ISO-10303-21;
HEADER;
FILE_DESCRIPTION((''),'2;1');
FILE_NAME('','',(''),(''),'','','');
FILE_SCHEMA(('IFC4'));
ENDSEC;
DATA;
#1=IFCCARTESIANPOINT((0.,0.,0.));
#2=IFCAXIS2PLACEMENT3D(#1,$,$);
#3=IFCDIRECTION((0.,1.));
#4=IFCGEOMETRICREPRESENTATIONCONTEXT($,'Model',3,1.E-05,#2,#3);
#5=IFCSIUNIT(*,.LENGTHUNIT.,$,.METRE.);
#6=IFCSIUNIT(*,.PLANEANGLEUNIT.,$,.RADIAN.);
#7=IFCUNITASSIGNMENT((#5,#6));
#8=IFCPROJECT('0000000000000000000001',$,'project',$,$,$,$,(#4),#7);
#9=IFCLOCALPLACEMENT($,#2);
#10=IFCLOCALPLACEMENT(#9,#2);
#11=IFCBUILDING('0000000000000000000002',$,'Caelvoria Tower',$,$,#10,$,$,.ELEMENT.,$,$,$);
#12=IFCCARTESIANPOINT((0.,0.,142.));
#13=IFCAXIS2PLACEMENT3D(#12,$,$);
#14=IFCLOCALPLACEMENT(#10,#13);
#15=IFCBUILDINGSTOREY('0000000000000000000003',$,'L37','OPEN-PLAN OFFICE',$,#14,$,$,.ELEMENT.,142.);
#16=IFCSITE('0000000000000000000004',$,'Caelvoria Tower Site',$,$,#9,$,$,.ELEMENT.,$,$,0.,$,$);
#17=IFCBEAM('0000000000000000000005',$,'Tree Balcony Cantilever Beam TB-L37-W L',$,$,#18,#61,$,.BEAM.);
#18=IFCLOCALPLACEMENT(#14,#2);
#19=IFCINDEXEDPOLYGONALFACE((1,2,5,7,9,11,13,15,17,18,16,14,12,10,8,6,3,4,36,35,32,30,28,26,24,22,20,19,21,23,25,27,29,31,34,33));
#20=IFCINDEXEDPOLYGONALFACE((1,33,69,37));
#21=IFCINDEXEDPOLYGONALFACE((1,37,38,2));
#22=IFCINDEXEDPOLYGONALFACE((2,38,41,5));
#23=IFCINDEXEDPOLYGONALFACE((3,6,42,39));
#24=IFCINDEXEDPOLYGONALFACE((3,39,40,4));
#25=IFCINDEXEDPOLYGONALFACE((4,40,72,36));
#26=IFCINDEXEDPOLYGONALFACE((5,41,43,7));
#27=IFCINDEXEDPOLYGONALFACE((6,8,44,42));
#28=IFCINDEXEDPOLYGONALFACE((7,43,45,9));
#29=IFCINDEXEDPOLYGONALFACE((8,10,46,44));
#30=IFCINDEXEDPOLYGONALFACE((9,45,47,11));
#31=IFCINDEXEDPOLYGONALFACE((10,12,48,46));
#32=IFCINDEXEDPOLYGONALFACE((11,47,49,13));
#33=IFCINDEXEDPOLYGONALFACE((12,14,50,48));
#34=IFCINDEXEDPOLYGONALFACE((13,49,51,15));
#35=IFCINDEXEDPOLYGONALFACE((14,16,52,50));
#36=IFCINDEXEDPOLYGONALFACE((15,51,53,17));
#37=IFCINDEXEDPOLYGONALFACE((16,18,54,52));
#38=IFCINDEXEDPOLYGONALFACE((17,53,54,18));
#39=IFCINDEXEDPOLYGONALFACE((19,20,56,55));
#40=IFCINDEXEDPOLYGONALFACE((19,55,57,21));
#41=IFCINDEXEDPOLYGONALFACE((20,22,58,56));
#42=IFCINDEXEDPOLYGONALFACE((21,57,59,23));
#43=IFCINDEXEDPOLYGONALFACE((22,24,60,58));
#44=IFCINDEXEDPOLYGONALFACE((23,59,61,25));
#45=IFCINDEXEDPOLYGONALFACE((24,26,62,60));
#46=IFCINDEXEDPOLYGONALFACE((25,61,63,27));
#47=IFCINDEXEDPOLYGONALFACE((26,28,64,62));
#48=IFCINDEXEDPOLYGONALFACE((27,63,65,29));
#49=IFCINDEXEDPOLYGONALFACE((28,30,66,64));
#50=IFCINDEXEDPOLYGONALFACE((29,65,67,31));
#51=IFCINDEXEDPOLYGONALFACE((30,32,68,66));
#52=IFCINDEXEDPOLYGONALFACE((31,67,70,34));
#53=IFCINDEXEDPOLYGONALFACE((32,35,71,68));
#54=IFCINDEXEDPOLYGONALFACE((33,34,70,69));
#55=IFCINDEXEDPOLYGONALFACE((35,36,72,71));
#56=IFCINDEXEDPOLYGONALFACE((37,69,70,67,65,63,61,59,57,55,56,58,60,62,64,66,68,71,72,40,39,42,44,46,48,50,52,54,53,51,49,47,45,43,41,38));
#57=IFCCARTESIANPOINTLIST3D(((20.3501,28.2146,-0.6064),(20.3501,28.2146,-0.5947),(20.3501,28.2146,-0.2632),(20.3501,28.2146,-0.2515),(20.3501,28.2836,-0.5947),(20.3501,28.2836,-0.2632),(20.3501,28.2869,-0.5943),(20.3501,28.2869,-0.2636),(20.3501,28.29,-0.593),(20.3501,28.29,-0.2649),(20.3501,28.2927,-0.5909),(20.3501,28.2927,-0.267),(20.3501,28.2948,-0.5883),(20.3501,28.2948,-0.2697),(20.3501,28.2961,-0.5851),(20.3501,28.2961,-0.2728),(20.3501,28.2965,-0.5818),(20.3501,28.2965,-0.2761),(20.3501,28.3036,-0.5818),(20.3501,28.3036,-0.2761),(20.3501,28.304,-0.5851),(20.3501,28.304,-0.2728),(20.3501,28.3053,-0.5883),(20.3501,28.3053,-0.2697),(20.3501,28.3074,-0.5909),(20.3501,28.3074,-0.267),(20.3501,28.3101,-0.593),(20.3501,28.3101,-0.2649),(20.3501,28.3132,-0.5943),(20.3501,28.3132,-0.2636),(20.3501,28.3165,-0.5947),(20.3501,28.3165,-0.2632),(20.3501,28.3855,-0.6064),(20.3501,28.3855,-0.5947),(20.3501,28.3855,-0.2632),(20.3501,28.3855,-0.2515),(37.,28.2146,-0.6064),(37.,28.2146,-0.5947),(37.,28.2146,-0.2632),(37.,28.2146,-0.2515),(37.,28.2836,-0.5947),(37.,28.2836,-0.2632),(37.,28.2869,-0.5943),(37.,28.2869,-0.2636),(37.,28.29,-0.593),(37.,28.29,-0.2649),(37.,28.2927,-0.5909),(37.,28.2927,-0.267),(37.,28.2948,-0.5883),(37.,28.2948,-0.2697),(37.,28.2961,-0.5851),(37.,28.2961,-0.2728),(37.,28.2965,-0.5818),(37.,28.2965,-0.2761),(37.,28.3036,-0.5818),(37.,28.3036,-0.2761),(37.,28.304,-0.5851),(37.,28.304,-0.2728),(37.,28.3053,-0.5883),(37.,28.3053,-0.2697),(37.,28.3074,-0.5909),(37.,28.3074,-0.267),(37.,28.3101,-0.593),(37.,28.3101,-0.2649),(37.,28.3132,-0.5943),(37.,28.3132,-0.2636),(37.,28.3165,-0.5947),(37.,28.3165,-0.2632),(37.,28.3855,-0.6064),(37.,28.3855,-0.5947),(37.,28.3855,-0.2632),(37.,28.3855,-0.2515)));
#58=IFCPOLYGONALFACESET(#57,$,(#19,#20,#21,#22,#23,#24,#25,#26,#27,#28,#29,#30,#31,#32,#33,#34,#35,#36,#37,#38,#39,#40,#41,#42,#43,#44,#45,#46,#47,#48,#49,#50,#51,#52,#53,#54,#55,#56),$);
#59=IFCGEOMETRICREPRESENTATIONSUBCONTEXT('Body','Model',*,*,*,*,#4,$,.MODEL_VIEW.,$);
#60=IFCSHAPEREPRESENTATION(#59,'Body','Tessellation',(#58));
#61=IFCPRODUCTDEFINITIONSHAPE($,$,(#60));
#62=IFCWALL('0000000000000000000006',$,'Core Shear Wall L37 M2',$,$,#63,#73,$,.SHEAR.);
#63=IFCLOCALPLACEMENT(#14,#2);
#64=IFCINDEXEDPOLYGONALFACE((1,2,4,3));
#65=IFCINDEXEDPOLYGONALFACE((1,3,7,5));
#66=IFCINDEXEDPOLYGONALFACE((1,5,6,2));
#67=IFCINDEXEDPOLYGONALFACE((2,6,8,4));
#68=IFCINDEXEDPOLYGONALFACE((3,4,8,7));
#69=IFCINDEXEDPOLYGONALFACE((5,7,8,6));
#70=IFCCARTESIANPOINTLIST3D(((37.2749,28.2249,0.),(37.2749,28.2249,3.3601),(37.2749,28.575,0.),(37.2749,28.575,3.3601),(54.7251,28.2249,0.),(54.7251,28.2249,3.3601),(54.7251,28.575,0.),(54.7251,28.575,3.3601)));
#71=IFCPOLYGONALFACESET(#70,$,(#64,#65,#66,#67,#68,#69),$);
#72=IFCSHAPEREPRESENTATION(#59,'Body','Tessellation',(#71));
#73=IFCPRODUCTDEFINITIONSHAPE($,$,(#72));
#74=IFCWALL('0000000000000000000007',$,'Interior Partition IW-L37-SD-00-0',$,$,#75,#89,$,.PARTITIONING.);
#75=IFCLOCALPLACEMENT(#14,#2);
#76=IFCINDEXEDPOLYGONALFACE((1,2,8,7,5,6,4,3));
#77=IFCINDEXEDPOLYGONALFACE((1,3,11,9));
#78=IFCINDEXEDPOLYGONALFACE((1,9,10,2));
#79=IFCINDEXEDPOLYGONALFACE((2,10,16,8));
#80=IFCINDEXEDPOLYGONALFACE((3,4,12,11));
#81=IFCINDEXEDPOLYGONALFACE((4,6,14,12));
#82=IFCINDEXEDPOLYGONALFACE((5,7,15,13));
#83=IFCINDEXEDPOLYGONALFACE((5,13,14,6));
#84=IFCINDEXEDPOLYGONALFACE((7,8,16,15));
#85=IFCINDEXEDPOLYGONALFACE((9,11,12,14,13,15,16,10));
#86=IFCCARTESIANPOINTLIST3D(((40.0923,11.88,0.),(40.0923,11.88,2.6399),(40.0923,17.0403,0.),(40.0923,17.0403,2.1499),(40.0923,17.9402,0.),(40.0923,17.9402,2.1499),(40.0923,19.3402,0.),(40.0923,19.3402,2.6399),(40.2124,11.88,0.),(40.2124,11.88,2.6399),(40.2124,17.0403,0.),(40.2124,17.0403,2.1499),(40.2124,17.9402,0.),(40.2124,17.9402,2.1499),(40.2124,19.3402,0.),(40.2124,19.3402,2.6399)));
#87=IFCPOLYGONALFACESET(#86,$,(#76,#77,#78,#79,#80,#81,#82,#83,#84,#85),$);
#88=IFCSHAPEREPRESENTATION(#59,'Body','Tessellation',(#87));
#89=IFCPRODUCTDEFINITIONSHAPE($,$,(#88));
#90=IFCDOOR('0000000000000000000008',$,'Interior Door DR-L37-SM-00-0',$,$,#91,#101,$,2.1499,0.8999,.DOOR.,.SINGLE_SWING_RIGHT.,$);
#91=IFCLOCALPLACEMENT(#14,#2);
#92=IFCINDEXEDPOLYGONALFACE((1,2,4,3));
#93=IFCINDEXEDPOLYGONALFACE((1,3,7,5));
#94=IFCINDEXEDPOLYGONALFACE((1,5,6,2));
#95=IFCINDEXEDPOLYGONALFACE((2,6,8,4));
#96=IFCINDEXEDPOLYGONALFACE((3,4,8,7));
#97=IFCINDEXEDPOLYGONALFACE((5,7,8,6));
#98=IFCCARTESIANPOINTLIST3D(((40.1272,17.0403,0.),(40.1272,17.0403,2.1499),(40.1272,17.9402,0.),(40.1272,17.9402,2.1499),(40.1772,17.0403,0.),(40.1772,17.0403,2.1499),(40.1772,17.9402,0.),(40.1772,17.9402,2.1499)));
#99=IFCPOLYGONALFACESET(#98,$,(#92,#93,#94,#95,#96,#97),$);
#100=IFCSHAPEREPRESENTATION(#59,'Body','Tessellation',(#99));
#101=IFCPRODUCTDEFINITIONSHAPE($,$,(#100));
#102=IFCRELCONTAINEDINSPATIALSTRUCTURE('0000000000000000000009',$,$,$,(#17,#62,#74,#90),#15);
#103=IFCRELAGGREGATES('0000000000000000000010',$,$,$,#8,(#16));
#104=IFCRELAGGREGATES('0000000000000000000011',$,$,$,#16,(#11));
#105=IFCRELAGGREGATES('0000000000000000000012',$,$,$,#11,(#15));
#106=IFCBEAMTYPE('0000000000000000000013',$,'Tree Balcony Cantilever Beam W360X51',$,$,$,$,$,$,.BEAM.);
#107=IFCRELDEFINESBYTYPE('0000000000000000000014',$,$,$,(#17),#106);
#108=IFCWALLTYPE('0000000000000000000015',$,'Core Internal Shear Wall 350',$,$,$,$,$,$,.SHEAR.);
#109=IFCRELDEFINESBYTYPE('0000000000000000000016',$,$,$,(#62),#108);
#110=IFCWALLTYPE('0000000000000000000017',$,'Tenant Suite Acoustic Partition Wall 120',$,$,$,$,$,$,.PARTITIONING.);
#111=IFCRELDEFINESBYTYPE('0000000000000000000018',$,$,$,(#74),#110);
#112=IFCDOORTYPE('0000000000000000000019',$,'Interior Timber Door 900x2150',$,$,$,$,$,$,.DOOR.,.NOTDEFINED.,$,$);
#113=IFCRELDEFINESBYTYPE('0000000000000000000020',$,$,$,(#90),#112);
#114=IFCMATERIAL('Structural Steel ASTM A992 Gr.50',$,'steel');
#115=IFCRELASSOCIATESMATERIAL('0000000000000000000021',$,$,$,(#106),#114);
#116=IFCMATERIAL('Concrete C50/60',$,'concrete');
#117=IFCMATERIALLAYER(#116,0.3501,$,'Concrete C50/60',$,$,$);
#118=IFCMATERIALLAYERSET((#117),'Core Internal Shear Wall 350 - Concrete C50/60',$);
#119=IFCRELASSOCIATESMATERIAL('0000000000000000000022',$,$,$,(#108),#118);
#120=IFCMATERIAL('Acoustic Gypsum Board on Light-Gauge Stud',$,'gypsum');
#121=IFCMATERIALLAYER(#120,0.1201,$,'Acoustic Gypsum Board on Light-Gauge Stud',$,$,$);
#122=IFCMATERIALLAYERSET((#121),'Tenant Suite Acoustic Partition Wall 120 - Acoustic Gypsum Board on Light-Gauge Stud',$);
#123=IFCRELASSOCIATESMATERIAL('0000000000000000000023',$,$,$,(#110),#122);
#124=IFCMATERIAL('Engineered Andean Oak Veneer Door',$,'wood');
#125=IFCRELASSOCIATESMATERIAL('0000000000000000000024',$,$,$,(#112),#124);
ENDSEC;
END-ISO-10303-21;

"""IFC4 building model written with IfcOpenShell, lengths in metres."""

from ifc_helpers import new_model, si_unit, direction, frame, frame_2d, origin, origin_2d, place, context, subcontext, project, spatial, rectangle, i_section, extrude, material, layer, layer_set, material_profile, profile_set, type_object, element, fill, save


model = new_model("IFC4")

# Units and contexts
model_context = context("Model", 3, precision=1e-05, world=origin(), true_north=direction((0.0, 1.0)))
body_context = subcontext(model_context, "Body", "Model", "MODEL_VIEW")
ifc_project = project(units=[si_unit("LENGTHUNIT", "METRE"), si_unit("PLANEANGLEUNIT", "RADIAN")], contexts=[model_context])

# Site, building, storey
site_placement = place(None, origin())
site = spatial("IfcSite", under=ifc_project, at=site_placement, Name="Caelvoria Tower Site", CompositionType="ELEMENT", RefElevation=0.0)
building_placement = place(site_placement, origin())
building = spatial("IfcBuilding", under=site, at=building_placement, Name="Caelvoria Tower", CompositionType="ELEMENT")
storey_placement = place(building_placement, frame((0.0, 0.0, 142.0)))
storey = spatial("IfcBuildingStorey", under=building, at=storey_placement, Name="L37", Description="OPEN-PLAN OFFICE", CompositionType="ELEMENT", Elevation=142.0)

# Beam
ifc_material_1 = material(Name="Structural Steel ASTM A992 Gr.50", Category="steel")
ifc_material_profile_1 = material_profile(ifc_material_1, i_section(OverallWidth=0.1709, OverallDepth=0.355, WebThickness=0.0071, FlangeThickness=0.0117, FilletRadius=0.0129, at=origin_2d()), Name="Structural Steel ASTM A992 Gr.50")
ifc_profile_set_1 = profile_set([ifc_material_profile_1], Name="W360X51 - Structural Steel ASTM A992 Gr.50")
beam_type_1 = type_object("IfcBeamType", Name="Tree Balcony Cantilever Beam W360X51", PredefinedType="BEAM", material=ifc_profile_set_1)
beam_1_placement = place(storey_placement, frame((37.0, 28.3, -0.429), z_axis=(-1.0, 0.0, 0.0), x_axis=(0.0, -1.0, 0.0)))
element("IfcBeam", 1, at=beam_1_placement, inside=storey, type_object=beam_type_1, Name="Tree Balcony Cantilever Beam TB-L37-W L", PredefinedType="BEAM", context=body_context, shape_type="SweptSolid", body=[
    extrude(i_section(OverallWidth=0.1709, OverallDepth=0.355, WebThickness=0.0071, FlangeThickness=0.0117, FilletRadius=0.0129, at=origin_2d()), origin(), (0.0, 0.0, 1.0), 16.6499),
])

# Wall
ifc_material_2 = material(Name="Concrete C50/60", Category="concrete")
ifc_layer_1 = layer(ifc_material_2, 0.3501, Name="Concrete C50/60")
ifc_layer_set_1 = layer_set([ifc_layer_1], Name="Core Internal Shear Wall 350 - Concrete C50/60")
wall_type_1 = type_object("IfcWallType", Name="Core Internal Shear Wall 350", PredefinedType="SHEAR", material=ifc_layer_set_1)
wall_1_placement = place(storey_placement, frame((37.2749, 28.3999, 0.0), z_axis=(0.0, 0.0, 1.0), x_axis=(1.0, 0.0, 0.0)))
element("IfcWall", 2, at=wall_1_placement, inside=storey, type_object=wall_type_1, Name="Core Shear Wall L37 M2", PredefinedType="SHEAR", context=body_context, shape_type="SweptSolid", body=[
    extrude(rectangle(XDim=17.4502, YDim=0.3501, at=frame_2d((8.7251, 0.0))), origin(), (0.0, 0.0, 1.0), 3.3601),
])

# Wall, opening, door
ifc_material_3 = material(Name="Acoustic Gypsum Board on Light-Gauge Stud", Category="gypsum")
ifc_layer_2 = layer(ifc_material_3, 0.1201, Name="Acoustic Gypsum Board on Light-Gauge Stud")
ifc_layer_set_2 = layer_set([ifc_layer_2], Name="Tenant Suite Acoustic Partition Wall 120 - Acoustic Gypsum Board on Light-Gauge Stud")
wall_type_2 = type_object("IfcWallType", Name="Tenant Suite Acoustic Partition Wall 120", PredefinedType="PARTITIONING", material=ifc_layer_set_2)
wall_2_placement = place(storey_placement, frame((40.1523, 19.3401, 0.0), z_axis=(0.0, 0.0, 1.0), x_axis=(0.0, -1.0, 0.0)))
wall_2 = element("IfcWall", 3, at=wall_2_placement, inside=storey, type_object=wall_type_2, Name="Interior Partition IW-L37-SD-00-0", PredefinedType="PARTITIONING", context=body_context, shape_type="SweptSolid", body=[
    extrude(rectangle(XDim=7.4602, YDim=0.1201, at=frame_2d((3.73, 0.0))), origin(), (0.0, 0.0, 1.0), 2.6399),
])
opening_1_placement = place(wall_2_placement, frame((1.3999, 0.0, 0.0)))
opening_1 = element("IfcOpeningElement", 4, at=opening_1_placement, cuts=wall_2, PredefinedType="OPENING", context=body_context, shape_type="SweptSolid", body=[
    extrude(rectangle(XDim=0.8999, YDim=2.1499, at=frame_2d((0.45, 1.075))), frame((0.0, 0.0701, 0.0), z_axis=(0.0, -1.0, 0.0), x_axis=(1.0, 0.0, 0.0)), (0.0, 0.0, 1.0), 0.1401),
])
ifc_material_4 = material(Name="Engineered Andean Oak Veneer Door", Category="wood")
door_type_1 = type_object("IfcDoorType", Name="Interior Timber Door 900x2150", OperationType="NOTDEFINED", PredefinedType="DOOR", material=ifc_material_4)
door_1_placement = place(opening_1_placement, origin())
door_1 = element("IfcDoor", 5, at=door_1_placement, inside=storey, type_object=door_type_1, Name="Interior Door DR-L37-SM-00-0", OperationType="SINGLE_SWING_RIGHT", OverallHeight=2.1499, OverallWidth=0.8999, PredefinedType="DOOR", context=body_context, shape_type="SweptSolid", body=[
    extrude(rectangle(XDim=0.8999, YDim=2.1499, at=frame_2d((0.45, 1.075))), frame((0.0, 0.0249, 0.0), z_axis=(0.0, -1.0, 0.0), x_axis=(1.0, 0.0, 0.0)), (0.0, 0.0, 1.0), 0.05),
])
fill(opening_1, door_1)

save(model, "model.ifc")
